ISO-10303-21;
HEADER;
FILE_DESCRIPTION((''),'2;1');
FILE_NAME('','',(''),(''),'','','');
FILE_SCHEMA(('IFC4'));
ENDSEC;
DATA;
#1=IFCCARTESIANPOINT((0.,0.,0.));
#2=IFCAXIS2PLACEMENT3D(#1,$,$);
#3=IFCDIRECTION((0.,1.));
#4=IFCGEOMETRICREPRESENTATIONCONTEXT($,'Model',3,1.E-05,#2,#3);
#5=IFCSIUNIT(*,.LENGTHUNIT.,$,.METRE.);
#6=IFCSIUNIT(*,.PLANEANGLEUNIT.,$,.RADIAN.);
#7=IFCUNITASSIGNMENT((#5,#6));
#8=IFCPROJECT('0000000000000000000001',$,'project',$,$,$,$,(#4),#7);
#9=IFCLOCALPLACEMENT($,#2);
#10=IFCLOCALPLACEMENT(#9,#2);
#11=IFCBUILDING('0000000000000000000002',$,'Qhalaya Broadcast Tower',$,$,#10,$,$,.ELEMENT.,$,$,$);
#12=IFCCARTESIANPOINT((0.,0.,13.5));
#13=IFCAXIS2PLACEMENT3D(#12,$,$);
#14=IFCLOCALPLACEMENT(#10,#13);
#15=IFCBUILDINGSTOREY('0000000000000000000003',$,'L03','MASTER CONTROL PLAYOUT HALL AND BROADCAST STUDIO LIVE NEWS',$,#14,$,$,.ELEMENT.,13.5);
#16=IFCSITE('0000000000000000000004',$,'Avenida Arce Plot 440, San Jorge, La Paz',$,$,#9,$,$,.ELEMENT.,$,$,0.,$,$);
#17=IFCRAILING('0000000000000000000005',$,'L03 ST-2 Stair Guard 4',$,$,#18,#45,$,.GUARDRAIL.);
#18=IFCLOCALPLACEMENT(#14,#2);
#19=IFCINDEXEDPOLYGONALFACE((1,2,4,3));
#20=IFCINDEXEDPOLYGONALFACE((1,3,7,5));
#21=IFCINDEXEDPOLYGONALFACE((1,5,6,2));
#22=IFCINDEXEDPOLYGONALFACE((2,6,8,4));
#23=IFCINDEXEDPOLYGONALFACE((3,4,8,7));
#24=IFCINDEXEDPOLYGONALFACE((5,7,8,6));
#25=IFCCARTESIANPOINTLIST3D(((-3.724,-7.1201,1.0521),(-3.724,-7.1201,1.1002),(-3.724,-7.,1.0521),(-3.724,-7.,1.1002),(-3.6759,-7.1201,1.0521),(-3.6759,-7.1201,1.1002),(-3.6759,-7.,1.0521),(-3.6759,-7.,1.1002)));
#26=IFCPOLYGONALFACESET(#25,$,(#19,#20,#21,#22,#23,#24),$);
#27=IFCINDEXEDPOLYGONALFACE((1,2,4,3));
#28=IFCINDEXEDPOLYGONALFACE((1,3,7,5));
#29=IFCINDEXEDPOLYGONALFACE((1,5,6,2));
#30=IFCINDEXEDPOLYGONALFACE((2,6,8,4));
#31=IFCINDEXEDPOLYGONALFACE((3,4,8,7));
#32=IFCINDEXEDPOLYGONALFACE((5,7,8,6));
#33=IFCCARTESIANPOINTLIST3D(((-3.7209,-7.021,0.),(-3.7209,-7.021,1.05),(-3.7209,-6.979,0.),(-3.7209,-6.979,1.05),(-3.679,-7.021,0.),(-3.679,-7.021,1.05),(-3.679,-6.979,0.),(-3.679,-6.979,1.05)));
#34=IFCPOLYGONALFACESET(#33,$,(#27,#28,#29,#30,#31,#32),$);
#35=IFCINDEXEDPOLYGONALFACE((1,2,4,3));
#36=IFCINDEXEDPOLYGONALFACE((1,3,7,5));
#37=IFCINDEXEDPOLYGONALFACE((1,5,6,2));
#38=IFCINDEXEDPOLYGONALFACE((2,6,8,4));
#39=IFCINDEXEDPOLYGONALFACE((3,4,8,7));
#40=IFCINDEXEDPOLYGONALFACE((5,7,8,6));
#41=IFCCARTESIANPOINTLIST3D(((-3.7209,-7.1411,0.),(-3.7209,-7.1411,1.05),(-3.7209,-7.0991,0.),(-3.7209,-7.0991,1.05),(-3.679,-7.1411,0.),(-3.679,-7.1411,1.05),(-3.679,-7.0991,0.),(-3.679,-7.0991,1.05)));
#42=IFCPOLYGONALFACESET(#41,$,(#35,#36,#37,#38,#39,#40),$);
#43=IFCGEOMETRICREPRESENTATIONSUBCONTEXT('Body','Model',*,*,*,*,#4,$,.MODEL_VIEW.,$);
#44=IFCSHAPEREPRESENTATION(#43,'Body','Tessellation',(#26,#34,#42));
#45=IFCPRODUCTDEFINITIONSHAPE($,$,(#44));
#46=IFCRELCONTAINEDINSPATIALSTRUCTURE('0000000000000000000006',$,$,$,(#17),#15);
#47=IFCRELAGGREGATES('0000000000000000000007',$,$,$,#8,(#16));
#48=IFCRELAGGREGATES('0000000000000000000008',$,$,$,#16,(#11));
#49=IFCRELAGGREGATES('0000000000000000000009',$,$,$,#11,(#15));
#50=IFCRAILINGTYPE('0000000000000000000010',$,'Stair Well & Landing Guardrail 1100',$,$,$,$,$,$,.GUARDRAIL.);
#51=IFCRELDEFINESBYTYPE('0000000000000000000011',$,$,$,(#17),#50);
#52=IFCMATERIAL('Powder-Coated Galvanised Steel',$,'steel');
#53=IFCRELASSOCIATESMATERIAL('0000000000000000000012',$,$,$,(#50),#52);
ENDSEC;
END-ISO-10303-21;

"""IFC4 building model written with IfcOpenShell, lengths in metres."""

from ifc_helpers import new_model, si_unit, direction, frame, origin, origin_2d, place, context, subcontext, project, spatial, rectangle, extrude, material, type_object, element, save


model = new_model("IFC4")

# Units and contexts
model_context = context("Model", 3, precision=1e-05, world=origin(), true_north=direction((0.0, 1.0)))
body_context = subcontext(model_context, "Body", "Model", "MODEL_VIEW")
ifc_project = project(units=[si_unit("LENGTHUNIT", "METRE"), si_unit("PLANEANGLEUNIT", "RADIAN")], contexts=[model_context])

# Site, building, storey
site_placement = place(None, origin())
site = spatial("IfcSite", under=ifc_project, at=site_placement, Name="Avenida Arce Plot 440, San Jorge, La Paz", CompositionType="ELEMENT", RefElevation=0.0)
building_placement = place(site_placement, origin())
building = spatial("IfcBuilding", under=site, at=building_placement, Name="Qhalaya Broadcast Tower", CompositionType="ELEMENT")
storey_placement = place(building_placement, frame((0.0, 0.0, 13.5)))
storey = spatial("IfcBuildingStorey", under=building, at=storey_placement, Name="L03", Description="MASTER CONTROL PLAYOUT HALL AND BROADCAST STUDIO LIVE NEWS", CompositionType="ELEMENT", Elevation=13.5)

# Railing
ifc_material_1 = material(Name="Powder-Coated Galvanised Steel", Category="steel")
railing_type_1 = type_object("IfcRailingType", Name="Stair Well & Landing Guardrail 1100", PredefinedType="GUARDRAIL", material=ifc_material_1)
railing_1_placement = place(storey_placement, frame((-3.7, -7.0, 0.0)))
element("IfcRailing", 1, at=railing_1_placement, inside=storey, type_object=railing_type_1, Name="L03 ST-2 Stair Guard 4", PredefinedType="GUARDRAIL", context=body_context, shape_type="SweptSolid", body=[
    extrude(rectangle(XDim=0.0481, YDim=0.0481, at=origin_2d()), frame((0.0, 0.0, 1.0762), z_axis=(0.0, -1.0, 0.0), x_axis=(1.0, 0.0, 0.0)), (0.0, 0.0, 1.0), 0.1201),
    extrude(rectangle(XDim=0.042, YDim=0.042, at=origin_2d()), origin(), (0.0, 0.0, 1.0), 1.05),
    extrude(rectangle(XDim=0.042, YDim=0.042, at=origin_2d()), frame((0.0, -0.1201, 0.0)), (0.0, 0.0, 1.0), 1.05),
])

save(model, "model.ifc")
